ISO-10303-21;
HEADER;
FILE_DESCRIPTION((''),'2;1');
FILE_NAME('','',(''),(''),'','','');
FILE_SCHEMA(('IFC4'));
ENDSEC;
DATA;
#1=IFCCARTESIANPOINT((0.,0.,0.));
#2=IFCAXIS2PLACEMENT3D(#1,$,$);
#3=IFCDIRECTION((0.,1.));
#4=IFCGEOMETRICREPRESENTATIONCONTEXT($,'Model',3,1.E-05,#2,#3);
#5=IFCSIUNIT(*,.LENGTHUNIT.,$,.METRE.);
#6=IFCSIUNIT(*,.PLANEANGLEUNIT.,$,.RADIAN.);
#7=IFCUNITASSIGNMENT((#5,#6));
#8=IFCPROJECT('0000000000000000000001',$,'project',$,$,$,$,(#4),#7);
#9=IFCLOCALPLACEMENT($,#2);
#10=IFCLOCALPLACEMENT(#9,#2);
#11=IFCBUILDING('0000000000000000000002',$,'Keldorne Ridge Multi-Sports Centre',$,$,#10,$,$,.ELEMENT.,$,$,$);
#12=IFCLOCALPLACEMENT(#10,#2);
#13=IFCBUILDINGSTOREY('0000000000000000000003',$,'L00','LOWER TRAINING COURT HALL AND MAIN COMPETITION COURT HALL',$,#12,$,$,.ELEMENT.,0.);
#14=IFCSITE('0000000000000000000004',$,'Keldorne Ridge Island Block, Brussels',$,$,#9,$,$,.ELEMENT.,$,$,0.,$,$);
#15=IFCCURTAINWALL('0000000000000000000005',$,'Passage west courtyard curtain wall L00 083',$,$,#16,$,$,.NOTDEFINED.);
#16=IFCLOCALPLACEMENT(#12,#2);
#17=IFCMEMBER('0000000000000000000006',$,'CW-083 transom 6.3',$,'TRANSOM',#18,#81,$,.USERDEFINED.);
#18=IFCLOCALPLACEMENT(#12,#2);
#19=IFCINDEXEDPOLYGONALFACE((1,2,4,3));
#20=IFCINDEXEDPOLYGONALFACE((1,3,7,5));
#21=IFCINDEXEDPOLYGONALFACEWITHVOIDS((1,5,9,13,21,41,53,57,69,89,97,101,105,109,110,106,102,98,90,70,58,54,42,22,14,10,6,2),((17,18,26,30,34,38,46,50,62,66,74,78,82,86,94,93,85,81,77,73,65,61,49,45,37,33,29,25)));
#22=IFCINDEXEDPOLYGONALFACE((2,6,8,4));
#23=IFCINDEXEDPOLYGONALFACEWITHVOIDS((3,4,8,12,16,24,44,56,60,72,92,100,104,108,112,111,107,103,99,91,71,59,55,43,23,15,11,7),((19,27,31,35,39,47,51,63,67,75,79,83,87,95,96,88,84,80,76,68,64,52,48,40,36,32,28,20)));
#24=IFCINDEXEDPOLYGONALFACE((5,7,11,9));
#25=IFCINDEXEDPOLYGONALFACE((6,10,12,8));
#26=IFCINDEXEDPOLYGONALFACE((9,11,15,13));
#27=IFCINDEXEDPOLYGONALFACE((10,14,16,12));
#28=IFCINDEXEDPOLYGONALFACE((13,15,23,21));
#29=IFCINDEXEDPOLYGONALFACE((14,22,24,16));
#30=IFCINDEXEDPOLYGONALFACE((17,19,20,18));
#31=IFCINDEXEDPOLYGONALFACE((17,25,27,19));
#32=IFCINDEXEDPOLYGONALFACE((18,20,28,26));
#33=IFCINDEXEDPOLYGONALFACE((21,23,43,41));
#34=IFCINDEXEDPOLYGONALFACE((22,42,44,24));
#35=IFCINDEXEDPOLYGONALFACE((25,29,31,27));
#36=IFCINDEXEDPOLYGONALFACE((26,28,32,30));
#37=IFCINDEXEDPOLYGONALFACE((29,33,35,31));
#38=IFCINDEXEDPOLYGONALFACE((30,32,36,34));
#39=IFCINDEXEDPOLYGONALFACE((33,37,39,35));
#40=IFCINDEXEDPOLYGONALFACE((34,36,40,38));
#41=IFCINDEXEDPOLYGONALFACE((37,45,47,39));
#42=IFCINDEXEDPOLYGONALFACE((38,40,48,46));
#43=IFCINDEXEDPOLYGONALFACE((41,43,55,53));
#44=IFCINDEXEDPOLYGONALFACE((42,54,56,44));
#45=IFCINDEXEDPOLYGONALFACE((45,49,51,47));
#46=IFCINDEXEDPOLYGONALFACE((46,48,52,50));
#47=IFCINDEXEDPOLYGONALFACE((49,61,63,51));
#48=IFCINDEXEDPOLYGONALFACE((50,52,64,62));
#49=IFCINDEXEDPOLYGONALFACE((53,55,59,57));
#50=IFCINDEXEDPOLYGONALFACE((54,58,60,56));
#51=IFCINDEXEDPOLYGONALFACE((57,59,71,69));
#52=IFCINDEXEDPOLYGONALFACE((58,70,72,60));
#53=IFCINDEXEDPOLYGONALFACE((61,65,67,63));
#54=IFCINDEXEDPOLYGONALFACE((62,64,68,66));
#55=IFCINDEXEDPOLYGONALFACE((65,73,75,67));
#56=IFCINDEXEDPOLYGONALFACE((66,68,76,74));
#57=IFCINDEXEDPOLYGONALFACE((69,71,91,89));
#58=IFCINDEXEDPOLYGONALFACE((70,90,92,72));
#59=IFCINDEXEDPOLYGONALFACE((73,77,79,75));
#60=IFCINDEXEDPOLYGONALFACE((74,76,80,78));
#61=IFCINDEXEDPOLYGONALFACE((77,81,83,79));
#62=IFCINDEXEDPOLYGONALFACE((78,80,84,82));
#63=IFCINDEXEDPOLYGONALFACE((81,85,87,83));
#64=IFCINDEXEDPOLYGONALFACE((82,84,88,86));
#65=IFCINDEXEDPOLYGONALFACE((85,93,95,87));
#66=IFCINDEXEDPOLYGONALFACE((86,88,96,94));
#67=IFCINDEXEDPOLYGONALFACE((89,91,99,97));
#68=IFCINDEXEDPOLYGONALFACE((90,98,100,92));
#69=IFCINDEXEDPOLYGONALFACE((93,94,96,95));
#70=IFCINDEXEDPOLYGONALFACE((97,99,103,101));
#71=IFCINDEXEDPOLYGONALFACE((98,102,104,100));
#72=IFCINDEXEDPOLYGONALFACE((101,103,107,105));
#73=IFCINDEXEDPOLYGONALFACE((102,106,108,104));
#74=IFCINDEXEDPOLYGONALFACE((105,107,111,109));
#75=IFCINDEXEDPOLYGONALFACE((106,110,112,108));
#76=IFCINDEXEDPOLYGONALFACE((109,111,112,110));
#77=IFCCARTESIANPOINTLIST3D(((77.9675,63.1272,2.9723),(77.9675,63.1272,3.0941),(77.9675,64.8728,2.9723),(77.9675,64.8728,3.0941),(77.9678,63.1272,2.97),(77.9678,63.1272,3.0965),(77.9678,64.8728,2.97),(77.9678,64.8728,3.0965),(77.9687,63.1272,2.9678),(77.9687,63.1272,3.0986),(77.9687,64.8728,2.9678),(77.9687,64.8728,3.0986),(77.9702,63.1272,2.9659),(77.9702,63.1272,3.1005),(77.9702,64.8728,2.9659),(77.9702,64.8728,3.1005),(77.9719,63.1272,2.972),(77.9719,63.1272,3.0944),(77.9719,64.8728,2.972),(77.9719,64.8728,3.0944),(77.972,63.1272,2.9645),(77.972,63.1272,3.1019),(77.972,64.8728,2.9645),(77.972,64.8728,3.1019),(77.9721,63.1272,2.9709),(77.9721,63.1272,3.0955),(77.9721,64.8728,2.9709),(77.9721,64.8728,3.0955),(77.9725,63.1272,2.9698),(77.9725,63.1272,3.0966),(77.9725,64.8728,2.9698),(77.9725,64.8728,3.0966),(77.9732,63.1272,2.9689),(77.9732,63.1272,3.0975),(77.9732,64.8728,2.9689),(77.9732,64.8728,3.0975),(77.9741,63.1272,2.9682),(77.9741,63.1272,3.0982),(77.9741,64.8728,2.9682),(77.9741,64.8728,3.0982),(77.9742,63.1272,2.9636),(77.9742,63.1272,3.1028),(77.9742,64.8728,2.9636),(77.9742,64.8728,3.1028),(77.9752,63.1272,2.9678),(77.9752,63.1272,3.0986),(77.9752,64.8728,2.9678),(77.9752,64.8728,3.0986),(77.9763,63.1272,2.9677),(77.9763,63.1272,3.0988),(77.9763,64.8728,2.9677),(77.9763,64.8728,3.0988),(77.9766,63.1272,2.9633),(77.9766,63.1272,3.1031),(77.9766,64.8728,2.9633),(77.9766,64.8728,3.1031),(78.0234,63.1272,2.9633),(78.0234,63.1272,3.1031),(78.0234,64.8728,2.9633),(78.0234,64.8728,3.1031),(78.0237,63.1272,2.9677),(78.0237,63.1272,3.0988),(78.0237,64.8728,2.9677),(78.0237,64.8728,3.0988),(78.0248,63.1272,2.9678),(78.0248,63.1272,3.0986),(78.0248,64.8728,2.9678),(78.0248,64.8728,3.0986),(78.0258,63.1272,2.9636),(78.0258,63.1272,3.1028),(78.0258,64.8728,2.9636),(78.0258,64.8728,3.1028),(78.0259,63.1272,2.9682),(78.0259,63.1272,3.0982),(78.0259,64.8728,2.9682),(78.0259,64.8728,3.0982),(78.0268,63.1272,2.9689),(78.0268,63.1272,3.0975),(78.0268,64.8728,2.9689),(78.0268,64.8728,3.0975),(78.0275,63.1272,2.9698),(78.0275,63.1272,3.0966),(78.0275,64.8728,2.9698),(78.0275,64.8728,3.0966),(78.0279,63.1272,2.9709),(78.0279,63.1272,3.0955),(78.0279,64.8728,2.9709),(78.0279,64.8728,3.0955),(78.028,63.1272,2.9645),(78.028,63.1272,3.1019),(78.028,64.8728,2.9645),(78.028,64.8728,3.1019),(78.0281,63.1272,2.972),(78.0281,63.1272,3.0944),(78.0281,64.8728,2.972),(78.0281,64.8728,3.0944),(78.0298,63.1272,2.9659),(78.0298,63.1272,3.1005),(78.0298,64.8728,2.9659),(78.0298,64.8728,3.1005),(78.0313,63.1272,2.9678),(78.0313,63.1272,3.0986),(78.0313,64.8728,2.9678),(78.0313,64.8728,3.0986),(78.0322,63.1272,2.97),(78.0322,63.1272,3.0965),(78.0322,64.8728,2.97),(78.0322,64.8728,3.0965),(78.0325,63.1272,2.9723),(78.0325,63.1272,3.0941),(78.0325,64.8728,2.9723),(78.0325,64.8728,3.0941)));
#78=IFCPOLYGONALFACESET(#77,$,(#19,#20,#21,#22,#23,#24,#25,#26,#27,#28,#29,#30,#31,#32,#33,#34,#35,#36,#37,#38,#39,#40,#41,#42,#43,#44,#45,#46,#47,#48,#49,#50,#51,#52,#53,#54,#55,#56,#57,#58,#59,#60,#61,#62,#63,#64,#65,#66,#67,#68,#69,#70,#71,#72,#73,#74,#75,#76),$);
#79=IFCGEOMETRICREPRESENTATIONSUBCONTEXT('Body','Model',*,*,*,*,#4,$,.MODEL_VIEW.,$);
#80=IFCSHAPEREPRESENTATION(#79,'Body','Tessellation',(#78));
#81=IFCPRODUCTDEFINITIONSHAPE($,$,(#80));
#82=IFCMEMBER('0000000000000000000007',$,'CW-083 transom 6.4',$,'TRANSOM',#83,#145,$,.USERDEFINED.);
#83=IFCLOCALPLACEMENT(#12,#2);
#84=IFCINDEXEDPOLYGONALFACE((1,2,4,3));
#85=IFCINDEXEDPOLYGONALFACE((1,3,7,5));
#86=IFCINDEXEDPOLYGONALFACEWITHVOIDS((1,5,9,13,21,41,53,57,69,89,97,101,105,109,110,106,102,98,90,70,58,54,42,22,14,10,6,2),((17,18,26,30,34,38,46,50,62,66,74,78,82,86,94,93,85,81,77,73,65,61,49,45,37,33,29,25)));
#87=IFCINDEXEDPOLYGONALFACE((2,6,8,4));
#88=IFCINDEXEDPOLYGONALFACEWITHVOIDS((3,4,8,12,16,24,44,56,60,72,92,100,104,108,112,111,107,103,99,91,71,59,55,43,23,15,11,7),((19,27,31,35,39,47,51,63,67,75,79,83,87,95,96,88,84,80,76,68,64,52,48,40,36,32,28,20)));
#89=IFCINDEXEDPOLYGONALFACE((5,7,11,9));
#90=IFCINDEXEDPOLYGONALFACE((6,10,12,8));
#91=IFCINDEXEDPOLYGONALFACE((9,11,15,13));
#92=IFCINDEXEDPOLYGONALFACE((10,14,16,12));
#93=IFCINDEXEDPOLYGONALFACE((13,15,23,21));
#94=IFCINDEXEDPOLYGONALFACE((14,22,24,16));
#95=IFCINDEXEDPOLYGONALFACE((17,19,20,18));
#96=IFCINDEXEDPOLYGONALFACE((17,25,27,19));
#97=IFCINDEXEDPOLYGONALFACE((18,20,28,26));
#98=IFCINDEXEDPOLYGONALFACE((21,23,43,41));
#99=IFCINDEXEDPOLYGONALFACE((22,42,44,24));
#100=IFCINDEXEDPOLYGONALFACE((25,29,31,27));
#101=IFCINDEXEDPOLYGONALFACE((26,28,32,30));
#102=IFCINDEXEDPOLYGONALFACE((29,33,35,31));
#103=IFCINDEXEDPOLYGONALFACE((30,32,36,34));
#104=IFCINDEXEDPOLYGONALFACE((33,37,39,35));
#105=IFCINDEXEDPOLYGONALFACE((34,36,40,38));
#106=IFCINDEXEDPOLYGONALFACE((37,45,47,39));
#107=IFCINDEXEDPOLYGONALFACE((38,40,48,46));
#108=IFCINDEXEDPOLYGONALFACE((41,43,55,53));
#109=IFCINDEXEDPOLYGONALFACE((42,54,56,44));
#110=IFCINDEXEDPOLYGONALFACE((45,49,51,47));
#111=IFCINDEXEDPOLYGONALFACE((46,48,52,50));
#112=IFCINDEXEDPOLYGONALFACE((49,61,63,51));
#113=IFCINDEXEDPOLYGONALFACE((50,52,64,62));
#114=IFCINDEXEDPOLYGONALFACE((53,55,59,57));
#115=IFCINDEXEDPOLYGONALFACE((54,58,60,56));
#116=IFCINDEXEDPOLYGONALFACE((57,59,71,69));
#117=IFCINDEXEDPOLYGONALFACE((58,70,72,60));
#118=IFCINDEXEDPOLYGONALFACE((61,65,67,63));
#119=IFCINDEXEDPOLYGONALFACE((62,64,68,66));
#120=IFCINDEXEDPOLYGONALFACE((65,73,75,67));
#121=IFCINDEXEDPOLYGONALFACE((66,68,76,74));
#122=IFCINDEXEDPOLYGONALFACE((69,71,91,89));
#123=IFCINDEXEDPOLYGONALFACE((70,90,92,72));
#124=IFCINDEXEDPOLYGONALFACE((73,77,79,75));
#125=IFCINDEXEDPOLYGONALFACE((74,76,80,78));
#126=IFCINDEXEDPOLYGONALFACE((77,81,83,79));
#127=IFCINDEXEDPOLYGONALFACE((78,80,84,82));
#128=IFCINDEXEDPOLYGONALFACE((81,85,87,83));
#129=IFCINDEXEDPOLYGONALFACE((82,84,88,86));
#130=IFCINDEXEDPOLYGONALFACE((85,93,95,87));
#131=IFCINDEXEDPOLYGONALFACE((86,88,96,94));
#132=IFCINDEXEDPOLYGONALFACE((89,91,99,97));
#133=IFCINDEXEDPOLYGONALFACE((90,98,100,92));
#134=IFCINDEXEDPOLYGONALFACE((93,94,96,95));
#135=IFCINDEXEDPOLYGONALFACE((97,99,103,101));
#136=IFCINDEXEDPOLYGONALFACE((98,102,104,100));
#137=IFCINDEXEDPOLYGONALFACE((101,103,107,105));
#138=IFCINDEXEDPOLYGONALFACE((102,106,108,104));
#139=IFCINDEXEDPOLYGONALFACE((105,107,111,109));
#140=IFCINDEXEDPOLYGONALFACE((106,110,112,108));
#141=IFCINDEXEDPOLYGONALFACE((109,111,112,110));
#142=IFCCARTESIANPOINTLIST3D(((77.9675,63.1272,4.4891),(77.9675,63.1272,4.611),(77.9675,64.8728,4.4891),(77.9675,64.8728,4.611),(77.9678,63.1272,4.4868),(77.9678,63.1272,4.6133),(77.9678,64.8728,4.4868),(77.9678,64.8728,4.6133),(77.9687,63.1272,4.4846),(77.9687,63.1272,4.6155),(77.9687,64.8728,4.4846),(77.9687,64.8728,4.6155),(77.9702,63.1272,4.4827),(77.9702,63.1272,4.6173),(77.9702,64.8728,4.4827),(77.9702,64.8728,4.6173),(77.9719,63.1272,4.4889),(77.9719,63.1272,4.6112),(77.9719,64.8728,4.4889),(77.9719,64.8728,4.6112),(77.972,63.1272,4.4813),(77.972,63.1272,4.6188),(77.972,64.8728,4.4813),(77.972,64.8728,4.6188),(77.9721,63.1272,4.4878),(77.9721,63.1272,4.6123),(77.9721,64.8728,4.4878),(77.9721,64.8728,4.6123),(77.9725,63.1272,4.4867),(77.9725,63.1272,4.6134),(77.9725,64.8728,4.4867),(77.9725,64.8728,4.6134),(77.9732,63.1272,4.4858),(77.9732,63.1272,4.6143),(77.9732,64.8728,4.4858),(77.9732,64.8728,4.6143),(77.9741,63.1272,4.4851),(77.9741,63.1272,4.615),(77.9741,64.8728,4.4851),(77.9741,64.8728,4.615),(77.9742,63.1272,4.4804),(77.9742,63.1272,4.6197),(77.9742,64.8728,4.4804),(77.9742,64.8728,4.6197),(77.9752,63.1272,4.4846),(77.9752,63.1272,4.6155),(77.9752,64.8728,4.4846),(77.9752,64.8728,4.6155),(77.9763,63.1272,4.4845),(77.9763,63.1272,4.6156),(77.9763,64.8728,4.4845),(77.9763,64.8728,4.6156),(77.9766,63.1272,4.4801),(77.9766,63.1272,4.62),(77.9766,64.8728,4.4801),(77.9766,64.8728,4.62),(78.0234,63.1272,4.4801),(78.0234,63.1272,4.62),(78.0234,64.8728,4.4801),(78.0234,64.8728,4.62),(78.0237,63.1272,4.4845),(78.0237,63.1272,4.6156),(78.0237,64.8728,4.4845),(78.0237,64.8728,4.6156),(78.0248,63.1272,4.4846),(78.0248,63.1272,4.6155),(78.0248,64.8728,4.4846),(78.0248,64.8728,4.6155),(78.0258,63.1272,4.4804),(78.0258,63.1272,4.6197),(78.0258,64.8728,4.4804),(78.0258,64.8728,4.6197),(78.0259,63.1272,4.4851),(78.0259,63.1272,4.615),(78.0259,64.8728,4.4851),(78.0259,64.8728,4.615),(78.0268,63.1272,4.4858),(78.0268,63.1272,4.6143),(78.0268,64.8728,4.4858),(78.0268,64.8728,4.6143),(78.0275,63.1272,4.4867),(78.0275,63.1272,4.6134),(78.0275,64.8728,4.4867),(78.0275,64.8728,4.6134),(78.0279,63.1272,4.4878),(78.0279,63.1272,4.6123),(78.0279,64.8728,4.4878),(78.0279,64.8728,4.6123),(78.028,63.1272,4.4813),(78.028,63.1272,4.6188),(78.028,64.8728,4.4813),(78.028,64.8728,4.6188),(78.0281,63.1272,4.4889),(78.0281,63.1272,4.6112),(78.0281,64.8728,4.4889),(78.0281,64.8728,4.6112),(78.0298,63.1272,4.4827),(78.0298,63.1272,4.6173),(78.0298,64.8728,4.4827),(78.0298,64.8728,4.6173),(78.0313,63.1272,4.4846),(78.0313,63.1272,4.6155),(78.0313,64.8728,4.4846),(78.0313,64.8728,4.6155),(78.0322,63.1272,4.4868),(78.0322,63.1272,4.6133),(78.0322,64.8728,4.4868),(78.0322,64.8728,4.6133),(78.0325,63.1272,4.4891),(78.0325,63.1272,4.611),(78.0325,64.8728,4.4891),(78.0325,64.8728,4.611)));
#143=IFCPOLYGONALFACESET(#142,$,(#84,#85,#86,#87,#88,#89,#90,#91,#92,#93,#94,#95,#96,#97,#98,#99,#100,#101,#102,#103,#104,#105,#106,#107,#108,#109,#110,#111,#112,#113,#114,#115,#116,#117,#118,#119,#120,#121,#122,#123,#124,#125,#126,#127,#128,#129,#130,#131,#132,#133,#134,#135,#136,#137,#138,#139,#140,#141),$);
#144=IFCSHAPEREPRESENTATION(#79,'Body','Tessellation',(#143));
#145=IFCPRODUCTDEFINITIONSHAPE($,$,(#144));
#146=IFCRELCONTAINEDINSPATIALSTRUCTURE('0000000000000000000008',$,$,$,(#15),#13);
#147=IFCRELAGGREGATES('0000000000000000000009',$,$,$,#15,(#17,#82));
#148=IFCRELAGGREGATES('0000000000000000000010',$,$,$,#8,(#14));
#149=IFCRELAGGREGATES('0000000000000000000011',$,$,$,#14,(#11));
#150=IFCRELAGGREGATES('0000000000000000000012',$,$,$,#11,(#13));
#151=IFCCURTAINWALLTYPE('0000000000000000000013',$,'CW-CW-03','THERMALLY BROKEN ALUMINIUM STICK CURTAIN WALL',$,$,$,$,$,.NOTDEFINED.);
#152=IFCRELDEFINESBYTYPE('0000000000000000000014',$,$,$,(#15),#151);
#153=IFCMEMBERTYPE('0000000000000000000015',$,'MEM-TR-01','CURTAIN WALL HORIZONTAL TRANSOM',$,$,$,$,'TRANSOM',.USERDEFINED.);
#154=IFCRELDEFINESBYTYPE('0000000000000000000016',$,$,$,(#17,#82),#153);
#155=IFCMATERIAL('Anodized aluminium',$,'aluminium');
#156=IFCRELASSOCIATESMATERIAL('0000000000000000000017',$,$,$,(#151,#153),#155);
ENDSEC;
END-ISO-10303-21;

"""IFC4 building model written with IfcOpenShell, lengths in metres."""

from ifc_helpers import new_model, si_unit, direction, frame, origin, origin_2d, place, context, subcontext, project, spatial, hollow_rectangle, extrude, material, material_profile, profile_set, type_object, element, aggregate, save


model = new_model("IFC4")

# Units and contexts
model_context = context("Model", 3, precision=1e-05, world=origin(), true_north=direction((0.0, 1.0)))
body_context = subcontext(model_context, "Body", "Model", "MODEL_VIEW")
ifc_project = project(units=[si_unit("LENGTHUNIT", "METRE"), si_unit("PLANEANGLEUNIT", "RADIAN")], contexts=[model_context])

# Site, building, storey
site_placement = place(None, origin())
site = spatial("IfcSite", under=ifc_project, at=site_placement, Name="Keldorne Ridge Island Block, Brussels", CompositionType="ELEMENT", RefElevation=0.0)
building_placement = place(site_placement, origin())
building = spatial("IfcBuilding", under=site, at=building_placement, Name="Keldorne Ridge Multi-Sports Centre", CompositionType="ELEMENT")
storey_placement = place(building_placement, origin())
storey = spatial("IfcBuildingStorey", under=building, at=storey_placement, Name="L00", Description="LOWER TRAINING COURT HALL AND MAIN COMPETITION COURT HALL", CompositionType="ELEMENT", Elevation=0.0)

# Curtain wall, members
ifc_material_1 = material(Name="Anodized aluminium", Category="aluminium")
curtain_wall_type = type_object("IfcCurtainWallType", Name="CW-CW-03", Description="THERMALLY BROKEN ALUMINIUM STICK CURTAIN WALL", PredefinedType="NOTDEFINED", material=ifc_material_1)
curtain_wall_placement = place(storey_placement, origin())
curtain_wall = element("IfcCurtainWall", 1, at=curtain_wall_placement, inside=storey, type_object=curtain_wall_type, Name="Passage west courtyard curtain wall L00 083", PredefinedType="NOTDEFINED")
ifc_material_profile_1 = material_profile(ifc_material_1, hollow_rectangle(XDim=0.0649, YDim=0.1399, WallThickness=0.0044, InnerFilletRadius=0.0044, OuterFilletRadius=0.009, at=origin_2d()), Name="ALU TRANSOM 140x65x4.5")
ifc_profile_set_1 = profile_set([ifc_material_profile_1], Name="Anodized aluminium")
member_type_1 = type_object("IfcMemberType", Name="MEM-TR-01", Description="CURTAIN WALL HORIZONTAL TRANSOM", ElementType="TRANSOM", PredefinedType="USERDEFINED", material=ifc_profile_set_1)
member_1_placement = place(storey_placement, frame((78.0, 64.8728, 3.0332), z_axis=(0.0, -1.0, 0.0), x_axis=(1.0, 0.0, 0.0)))
member_1 = element("IfcMember", 2, at=member_1_placement, type_object=member_type_1, Name="CW-083 transom 6.3", ObjectType="TRANSOM", PredefinedType="USERDEFINED", context=body_context, shape_type="SweptSolid", body=[
    extrude(hollow_rectangle(XDim=0.0649, YDim=0.1399, WallThickness=0.0044, InnerFilletRadius=0.0044, OuterFilletRadius=0.009, at=origin_2d()), origin(), (0.0, 0.0, 1.0), 1.7456),
])
member_2_placement = place(storey_placement, frame((78.0, 64.8728, 4.55), z_axis=(0.0, -1.0, 0.0), x_axis=(1.0, 0.0, 0.0)))
member_2 = element("IfcMember", 3, at=member_2_placement, type_object=member_type_1, Name="CW-083 transom 6.4", ObjectType="TRANSOM", PredefinedType="USERDEFINED", context=body_context, shape_type="SweptSolid", body=[
    extrude(hollow_rectangle(XDim=0.0649, YDim=0.1399, WallThickness=0.0044, InnerFilletRadius=0.0044, OuterFilletRadius=0.009, at=origin_2d()), origin(), (0.0, 0.0, 1.0), 1.7456),
])
aggregate(curtain_wall, [member_1, member_2])

save(model, "model.ifc")
